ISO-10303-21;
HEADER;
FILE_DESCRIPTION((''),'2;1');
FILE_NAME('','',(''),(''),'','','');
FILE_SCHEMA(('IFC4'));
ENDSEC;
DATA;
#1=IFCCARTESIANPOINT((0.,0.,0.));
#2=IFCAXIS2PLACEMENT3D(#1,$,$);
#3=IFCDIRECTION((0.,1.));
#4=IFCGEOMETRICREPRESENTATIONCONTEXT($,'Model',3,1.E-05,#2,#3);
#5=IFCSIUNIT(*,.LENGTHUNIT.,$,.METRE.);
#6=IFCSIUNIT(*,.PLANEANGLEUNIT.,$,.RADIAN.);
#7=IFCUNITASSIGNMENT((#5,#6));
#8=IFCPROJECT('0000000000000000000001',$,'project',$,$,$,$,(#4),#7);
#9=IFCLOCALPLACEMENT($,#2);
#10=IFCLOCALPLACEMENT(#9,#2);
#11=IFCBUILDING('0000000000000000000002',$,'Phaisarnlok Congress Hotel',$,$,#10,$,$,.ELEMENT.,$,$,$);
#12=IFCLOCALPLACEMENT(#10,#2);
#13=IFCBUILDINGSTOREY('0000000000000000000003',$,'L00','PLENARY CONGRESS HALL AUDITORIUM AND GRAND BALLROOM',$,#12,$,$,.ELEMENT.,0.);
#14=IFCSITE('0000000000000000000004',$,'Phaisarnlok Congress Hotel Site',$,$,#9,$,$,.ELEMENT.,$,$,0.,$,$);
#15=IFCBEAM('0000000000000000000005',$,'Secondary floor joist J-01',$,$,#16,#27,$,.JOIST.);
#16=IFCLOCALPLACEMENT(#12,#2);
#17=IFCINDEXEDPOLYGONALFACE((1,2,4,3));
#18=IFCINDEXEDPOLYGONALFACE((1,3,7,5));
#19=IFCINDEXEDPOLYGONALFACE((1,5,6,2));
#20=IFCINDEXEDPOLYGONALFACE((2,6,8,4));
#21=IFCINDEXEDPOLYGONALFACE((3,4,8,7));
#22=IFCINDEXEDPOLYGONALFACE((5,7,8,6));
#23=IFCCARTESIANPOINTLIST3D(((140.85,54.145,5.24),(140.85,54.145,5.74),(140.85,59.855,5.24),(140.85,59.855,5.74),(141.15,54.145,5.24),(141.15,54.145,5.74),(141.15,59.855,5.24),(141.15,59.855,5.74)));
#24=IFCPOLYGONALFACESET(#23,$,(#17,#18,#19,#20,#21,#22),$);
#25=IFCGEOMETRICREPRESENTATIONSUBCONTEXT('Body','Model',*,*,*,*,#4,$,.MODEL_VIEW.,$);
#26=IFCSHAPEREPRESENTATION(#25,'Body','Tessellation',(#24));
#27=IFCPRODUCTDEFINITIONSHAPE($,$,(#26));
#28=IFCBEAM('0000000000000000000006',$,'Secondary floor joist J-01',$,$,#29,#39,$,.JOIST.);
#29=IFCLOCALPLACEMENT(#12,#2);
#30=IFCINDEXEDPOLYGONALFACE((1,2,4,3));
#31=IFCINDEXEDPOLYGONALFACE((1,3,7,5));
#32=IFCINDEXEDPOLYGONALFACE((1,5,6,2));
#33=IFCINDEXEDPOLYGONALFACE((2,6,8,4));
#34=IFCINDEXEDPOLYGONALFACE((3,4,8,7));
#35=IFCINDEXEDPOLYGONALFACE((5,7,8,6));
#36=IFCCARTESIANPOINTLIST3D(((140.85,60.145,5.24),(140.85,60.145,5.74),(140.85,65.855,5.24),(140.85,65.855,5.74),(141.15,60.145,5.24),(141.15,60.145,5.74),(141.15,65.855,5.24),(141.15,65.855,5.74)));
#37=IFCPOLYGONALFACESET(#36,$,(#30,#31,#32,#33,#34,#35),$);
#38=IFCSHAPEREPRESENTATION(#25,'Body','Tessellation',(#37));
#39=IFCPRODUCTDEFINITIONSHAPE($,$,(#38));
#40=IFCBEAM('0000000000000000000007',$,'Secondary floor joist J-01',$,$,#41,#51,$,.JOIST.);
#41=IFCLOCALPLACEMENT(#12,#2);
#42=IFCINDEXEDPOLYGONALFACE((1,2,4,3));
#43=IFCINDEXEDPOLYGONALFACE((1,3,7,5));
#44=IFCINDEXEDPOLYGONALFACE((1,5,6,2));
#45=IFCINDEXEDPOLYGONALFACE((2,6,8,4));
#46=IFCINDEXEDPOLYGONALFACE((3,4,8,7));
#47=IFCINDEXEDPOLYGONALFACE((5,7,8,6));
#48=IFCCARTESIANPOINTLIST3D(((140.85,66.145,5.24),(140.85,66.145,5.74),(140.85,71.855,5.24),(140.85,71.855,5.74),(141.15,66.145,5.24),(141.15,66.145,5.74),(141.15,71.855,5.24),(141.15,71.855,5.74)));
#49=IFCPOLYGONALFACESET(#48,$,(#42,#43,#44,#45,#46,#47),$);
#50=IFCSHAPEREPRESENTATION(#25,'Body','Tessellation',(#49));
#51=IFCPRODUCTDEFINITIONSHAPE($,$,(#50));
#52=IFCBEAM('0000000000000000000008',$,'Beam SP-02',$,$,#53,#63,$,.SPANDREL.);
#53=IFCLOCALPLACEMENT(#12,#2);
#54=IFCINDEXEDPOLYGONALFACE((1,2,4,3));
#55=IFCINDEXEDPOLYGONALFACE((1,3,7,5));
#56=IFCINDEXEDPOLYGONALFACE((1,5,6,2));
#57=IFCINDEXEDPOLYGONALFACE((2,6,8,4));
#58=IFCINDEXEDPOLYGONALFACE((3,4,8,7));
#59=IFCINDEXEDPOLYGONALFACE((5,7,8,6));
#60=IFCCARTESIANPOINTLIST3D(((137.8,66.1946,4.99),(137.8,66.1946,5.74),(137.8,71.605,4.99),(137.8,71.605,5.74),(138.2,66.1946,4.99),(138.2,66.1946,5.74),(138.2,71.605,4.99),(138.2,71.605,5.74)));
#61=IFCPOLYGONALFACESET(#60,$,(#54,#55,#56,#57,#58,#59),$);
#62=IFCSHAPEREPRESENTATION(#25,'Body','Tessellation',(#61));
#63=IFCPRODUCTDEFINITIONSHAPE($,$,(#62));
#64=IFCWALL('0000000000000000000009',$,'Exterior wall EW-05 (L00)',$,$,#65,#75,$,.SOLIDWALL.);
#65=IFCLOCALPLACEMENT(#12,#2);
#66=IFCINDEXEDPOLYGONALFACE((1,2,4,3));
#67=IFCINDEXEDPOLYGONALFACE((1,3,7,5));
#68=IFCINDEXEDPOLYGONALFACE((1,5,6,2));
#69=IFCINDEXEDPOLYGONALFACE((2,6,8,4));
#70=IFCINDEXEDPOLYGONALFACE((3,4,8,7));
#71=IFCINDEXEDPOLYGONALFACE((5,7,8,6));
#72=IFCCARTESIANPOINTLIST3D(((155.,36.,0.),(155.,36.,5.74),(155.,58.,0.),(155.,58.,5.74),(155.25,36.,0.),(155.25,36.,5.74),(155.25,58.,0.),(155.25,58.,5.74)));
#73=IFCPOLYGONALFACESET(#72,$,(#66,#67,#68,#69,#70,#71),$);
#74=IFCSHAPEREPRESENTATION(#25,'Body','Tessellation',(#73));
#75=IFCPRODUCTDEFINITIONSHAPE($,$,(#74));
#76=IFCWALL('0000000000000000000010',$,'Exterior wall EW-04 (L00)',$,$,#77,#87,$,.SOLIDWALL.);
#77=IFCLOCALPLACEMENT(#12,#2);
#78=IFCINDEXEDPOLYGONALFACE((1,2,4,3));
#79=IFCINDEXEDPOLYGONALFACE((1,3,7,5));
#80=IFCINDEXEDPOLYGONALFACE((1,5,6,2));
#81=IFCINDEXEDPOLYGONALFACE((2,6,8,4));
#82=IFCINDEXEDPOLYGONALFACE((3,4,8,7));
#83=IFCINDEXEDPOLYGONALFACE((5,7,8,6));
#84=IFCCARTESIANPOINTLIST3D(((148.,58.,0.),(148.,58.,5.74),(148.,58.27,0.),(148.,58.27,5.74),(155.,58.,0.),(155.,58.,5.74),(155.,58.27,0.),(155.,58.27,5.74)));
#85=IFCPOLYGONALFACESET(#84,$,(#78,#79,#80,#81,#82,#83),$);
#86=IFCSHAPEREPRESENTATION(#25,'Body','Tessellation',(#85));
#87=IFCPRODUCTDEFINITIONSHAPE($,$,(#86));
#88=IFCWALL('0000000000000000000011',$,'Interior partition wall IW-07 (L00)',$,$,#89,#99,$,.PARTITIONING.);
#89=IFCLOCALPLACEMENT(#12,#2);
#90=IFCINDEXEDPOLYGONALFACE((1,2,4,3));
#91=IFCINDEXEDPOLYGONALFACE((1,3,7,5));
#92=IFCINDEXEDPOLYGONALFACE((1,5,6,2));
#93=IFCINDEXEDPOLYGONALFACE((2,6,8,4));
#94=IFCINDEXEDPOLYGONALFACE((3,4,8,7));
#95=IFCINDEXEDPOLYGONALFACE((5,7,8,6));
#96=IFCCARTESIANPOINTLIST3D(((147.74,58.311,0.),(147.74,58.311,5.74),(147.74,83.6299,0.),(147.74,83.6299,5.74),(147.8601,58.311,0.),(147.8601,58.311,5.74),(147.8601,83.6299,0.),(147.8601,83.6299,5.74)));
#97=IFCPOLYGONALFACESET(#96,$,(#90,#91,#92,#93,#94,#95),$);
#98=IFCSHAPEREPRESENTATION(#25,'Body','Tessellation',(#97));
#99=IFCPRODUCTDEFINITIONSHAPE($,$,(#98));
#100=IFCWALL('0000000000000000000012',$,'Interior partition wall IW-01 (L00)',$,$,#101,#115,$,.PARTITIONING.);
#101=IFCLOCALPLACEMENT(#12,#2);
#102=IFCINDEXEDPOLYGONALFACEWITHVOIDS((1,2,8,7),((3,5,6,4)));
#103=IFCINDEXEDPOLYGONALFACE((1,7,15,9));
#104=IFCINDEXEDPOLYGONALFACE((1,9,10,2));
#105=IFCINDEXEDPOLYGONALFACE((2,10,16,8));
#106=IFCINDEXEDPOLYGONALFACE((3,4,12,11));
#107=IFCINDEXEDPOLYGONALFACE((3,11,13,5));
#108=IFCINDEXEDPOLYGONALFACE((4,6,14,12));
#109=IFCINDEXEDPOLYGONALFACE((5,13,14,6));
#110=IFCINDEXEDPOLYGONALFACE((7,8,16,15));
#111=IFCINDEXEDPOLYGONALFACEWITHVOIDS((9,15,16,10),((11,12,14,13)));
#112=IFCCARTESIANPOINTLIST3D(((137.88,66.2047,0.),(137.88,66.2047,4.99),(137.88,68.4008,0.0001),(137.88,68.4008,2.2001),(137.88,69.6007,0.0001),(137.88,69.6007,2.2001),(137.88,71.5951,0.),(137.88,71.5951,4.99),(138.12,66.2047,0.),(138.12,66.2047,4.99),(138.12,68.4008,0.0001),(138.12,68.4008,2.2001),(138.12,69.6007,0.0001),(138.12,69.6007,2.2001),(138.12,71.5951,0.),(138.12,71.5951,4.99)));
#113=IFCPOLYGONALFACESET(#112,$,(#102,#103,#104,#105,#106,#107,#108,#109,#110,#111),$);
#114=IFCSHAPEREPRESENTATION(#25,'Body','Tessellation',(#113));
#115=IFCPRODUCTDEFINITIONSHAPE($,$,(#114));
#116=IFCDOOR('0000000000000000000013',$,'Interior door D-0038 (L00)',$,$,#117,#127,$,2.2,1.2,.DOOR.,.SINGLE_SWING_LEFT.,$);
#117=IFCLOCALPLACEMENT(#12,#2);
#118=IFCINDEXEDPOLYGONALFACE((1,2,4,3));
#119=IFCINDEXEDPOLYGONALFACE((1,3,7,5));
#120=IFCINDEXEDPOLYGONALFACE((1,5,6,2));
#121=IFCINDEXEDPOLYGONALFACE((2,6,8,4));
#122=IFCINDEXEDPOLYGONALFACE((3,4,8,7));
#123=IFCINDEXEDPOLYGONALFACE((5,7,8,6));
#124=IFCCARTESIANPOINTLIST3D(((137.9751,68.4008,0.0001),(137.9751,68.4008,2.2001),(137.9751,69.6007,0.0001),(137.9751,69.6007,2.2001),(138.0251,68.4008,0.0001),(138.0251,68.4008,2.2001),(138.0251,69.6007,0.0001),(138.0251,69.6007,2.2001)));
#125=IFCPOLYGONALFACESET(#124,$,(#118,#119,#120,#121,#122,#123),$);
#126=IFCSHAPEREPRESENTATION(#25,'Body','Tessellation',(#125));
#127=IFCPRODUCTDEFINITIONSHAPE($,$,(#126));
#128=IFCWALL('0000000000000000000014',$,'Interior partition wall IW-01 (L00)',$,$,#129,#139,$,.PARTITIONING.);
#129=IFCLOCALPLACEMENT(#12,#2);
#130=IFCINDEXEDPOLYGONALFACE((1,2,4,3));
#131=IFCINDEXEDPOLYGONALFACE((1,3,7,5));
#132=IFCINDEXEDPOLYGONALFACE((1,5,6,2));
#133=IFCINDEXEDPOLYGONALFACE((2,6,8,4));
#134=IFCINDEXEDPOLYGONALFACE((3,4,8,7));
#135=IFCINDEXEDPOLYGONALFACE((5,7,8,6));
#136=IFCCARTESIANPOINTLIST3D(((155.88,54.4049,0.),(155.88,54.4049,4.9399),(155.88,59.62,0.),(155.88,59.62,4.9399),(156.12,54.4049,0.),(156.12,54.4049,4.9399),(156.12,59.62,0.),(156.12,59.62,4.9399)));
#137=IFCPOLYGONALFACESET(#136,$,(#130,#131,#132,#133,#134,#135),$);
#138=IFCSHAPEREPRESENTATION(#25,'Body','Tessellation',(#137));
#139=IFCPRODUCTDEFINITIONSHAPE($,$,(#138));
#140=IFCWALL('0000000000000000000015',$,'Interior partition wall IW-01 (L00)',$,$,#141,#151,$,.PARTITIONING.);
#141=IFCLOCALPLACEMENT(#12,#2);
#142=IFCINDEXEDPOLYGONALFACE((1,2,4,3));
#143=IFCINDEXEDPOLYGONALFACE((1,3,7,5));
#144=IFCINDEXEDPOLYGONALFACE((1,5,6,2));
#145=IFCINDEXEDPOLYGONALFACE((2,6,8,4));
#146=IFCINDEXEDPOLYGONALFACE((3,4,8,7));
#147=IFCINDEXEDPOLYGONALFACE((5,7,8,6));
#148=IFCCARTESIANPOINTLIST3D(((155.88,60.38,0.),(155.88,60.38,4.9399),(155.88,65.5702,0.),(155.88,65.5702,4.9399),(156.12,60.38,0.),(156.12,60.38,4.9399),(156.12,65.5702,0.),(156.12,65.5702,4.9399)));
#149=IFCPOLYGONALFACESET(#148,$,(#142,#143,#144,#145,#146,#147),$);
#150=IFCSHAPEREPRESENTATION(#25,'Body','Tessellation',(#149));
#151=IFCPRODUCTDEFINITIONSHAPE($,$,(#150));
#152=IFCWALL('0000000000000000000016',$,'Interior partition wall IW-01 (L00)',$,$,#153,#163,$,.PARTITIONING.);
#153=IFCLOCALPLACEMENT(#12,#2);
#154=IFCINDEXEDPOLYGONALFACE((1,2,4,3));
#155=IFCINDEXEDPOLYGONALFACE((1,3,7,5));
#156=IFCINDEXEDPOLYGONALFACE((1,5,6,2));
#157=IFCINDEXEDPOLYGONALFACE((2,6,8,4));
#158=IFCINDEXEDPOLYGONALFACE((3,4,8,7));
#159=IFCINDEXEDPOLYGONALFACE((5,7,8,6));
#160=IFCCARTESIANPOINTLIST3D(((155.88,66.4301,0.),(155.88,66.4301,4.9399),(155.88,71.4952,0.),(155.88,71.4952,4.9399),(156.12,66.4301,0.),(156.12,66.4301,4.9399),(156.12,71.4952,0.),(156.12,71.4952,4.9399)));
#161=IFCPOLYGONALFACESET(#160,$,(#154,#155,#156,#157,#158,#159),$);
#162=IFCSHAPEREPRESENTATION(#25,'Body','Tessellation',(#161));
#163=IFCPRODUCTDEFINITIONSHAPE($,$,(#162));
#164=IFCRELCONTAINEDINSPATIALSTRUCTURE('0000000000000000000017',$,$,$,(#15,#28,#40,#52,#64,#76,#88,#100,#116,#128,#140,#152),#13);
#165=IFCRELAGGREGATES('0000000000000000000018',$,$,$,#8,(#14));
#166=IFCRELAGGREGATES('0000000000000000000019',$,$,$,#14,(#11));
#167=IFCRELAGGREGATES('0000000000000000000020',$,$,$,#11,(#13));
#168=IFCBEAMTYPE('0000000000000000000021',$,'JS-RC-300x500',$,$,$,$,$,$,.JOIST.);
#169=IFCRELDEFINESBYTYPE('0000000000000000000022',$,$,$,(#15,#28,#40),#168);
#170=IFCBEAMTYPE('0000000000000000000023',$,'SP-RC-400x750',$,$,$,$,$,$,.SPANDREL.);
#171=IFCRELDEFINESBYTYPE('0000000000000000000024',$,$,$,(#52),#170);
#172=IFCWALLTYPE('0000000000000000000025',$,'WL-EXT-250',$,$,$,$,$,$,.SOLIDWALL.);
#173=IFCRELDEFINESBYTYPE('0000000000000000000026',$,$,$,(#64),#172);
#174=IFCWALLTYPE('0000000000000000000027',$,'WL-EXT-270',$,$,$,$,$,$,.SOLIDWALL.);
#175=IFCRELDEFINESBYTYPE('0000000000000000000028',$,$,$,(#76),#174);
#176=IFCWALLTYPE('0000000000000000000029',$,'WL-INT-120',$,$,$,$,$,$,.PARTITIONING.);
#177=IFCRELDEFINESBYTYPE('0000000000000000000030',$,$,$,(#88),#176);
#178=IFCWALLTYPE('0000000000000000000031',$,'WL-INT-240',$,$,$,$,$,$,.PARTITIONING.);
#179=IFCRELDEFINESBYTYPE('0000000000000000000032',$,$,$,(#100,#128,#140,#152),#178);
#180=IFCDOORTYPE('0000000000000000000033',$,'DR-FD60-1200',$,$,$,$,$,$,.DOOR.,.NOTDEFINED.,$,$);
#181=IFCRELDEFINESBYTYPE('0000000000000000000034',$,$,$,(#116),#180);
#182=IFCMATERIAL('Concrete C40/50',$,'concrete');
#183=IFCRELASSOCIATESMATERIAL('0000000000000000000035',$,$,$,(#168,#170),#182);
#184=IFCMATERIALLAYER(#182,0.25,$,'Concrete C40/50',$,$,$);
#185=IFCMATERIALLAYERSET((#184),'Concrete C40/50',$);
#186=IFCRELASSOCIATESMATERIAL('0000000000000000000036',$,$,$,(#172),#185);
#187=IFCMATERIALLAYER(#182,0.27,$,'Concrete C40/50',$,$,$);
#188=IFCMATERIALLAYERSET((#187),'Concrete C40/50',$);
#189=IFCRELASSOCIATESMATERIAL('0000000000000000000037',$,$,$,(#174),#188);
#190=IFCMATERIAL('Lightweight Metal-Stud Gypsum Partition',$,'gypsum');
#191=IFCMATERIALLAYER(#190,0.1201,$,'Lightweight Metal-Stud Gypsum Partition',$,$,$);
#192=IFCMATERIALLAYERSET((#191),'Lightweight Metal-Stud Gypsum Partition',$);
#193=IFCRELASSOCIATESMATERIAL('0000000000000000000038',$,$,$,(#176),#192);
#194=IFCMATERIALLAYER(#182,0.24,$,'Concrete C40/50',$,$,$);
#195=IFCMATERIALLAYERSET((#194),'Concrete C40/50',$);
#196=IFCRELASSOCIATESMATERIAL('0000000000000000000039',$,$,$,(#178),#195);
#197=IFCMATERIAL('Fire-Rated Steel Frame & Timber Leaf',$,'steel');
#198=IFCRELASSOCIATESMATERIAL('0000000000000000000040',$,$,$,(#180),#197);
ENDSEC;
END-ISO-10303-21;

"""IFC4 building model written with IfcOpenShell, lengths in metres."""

from ifc_helpers import new_model, si_unit, direction, frame, frame_2d, origin, origin_2d, place, context, subcontext, project, spatial, rectangle, extrude, material, layer, layer_set, material_profile, profile_set, type_object, element, fill, save


model = new_model("IFC4")

# Units and contexts
model_context = context("Model", 3, precision=1e-05, world=origin(), true_north=direction((0.0, 1.0)))
body_context = subcontext(model_context, "Body", "Model", "MODEL_VIEW")
ifc_project = project(units=[si_unit("LENGTHUNIT", "METRE"), si_unit("PLANEANGLEUNIT", "RADIAN")], contexts=[model_context])

# Site, building, storey
site_placement = place(None, origin())
site = spatial("IfcSite", under=ifc_project, at=site_placement, Name="Phaisarnlok Congress Hotel Site", CompositionType="ELEMENT", RefElevation=0.0)
building_placement = place(site_placement, origin())
building = spatial("IfcBuilding", under=site, at=building_placement, Name="Phaisarnlok Congress Hotel", CompositionType="ELEMENT")
storey_placement = place(building_placement, origin())
storey = spatial("IfcBuildingStorey", under=building, at=storey_placement, Name="L00", Description="PLENARY CONGRESS HALL AUDITORIUM AND GRAND BALLROOM", CompositionType="ELEMENT", Elevation=0.0)

# Beams
ifc_material_1 = material(Name="Concrete C40/50", Category="concrete")
ifc_material_profile_1 = material_profile(ifc_material_1, rectangle(XDim=0.3, YDim=0.5, at=origin_2d()), Name="RC 300x500")
ifc_profile_set_1 = profile_set([ifc_material_profile_1], Name="Concrete C40/50")
beam_type_1 = type_object("IfcBeamType", Name="JS-RC-300x500", PredefinedType="JOIST", material=ifc_profile_set_1)
for number, where, z_axis, x_axis, name in (
    (1, (141.0, 54.145, 5.49), (0.0, 1.0, 0.0), (-1.0, 0.0, 0.0), "Secondary floor joist J-01"),
    (2, (141.0, 60.145, 5.49), (0.0, 1.0, 0.0), (-1.0, 0.0, 0.0), "Secondary floor joist J-01"),
    (3, (141.0, 66.145, 5.49), (0.0, 1.0, 0.0), (-1.0, 0.0, 0.0), "Secondary floor joist J-01"),
):
    element("IfcBeam", number, at=place(storey_placement, frame(where, z_axis=z_axis, x_axis=x_axis)), inside=storey, type_object=beam_type_1, Name=name, PredefinedType="JOIST", context=body_context, shape_type="SweptSolid", body=[
        extrude(rectangle(XDim=0.3, YDim=0.5, at=origin_2d()), origin(), (0.0, 0.0, 1.0), 5.71),
    ])
ifc_material_profile_2 = material_profile(ifc_material_1, rectangle(XDim=0.3999, YDim=0.75, at=origin_2d()), Name="RC 400x750")
ifc_profile_set_2 = profile_set([ifc_material_profile_2], Name="Concrete C40/50")
beam_type_2 = type_object("IfcBeamType", Name="SP-RC-400x750", PredefinedType="SPANDREL", material=ifc_profile_set_2)
beam_1_placement = place(storey_placement, frame((138.0, 66.1946, 5.365), z_axis=(0.0, 1.0, 0.0), x_axis=(-1.0, 0.0, 0.0)))
element("IfcBeam", 4, at=beam_1_placement, inside=storey, type_object=beam_type_2, Name="Beam SP-02", PredefinedType="SPANDREL", context=body_context, shape_type="SweptSolid", body=[
    extrude(rectangle(XDim=0.3999, YDim=0.75, at=origin_2d()), origin(), (0.0, 0.0, 1.0), 5.4104),
])

# Walls
ifc_layer_1 = layer(ifc_material_1, 0.25, Name="Concrete C40/50")
ifc_layer_set_1 = layer_set([ifc_layer_1], Name="Concrete C40/50")
wall_type_1 = type_object("IfcWallType", Name="WL-EXT-250", PredefinedType="SOLIDWALL", material=ifc_layer_set_1)
wall_1_placement = place(storey_placement, frame((155.125, 58.0, 0.0), z_axis=(0.0, 0.0, 1.0), x_axis=(0.0, -1.0, 0.0)))
element("IfcWall", 5, at=wall_1_placement, inside=storey, type_object=wall_type_1, Name="Exterior wall EW-05 (L00)", PredefinedType="SOLIDWALL", context=body_context, shape_type="SweptSolid", body=[
    extrude(rectangle(XDim=22.0, YDim=0.25, at=frame_2d((11.0, 0.0))), origin(), (0.0, 0.0, 1.0), 5.74),
])
ifc_layer_2 = layer(ifc_material_1, 0.27, Name="Concrete C40/50")
ifc_layer_set_2 = layer_set([ifc_layer_2], Name="Concrete C40/50")
wall_type_2 = type_object("IfcWallType", Name="WL-EXT-270", PredefinedType="SOLIDWALL", material=ifc_layer_set_2)
wall_2_placement = place(storey_placement, frame((148.0, 58.135, 0.0), z_axis=(0.0, 0.0, 1.0), x_axis=(1.0, 0.0, 0.0)))
element("IfcWall", 6, at=wall_2_placement, inside=storey, type_object=wall_type_2, Name="Exterior wall EW-04 (L00)", PredefinedType="SOLIDWALL", context=body_context, shape_type="SweptSolid", body=[
    extrude(rectangle(XDim=7.0, YDim=0.27, at=frame_2d((3.5, 0.0))), origin(), (0.0, 0.0, 1.0), 5.74),
])
ifc_material_2 = material(Name="Lightweight Metal-Stud Gypsum Partition", Category="gypsum")
ifc_layer_3 = layer(ifc_material_2, 0.1201, Name="Lightweight Metal-Stud Gypsum Partition")
ifc_layer_set_3 = layer_set([ifc_layer_3], Name="Lightweight Metal-Stud Gypsum Partition")
wall_type_3 = type_object("IfcWallType", Name="WL-INT-120", PredefinedType="PARTITIONING", material=ifc_layer_set_3)
wall_3_placement = place(storey_placement, frame((147.8, 58.311, 0.0), z_axis=(0.0, 0.0, 1.0), x_axis=(0.0, 1.0, 0.0)))
element("IfcWall", 7, at=wall_3_placement, inside=storey, type_object=wall_type_3, Name="Interior partition wall IW-07 (L00)", PredefinedType="PARTITIONING", context=body_context, shape_type="SweptSolid", body=[
    extrude(rectangle(XDim=25.3188, YDim=0.1201, at=frame_2d((12.6594, 0.0))), origin(), (0.0, 0.0, 1.0), 5.74),
])

# Wall, opening, door
ifc_layer_4 = layer(ifc_material_1, 0.24, Name="Concrete C40/50")
ifc_layer_set_4 = layer_set([ifc_layer_4], Name="Concrete C40/50")
wall_type_4 = type_object("IfcWallType", Name="WL-INT-240", PredefinedType="PARTITIONING", material=ifc_layer_set_4)
wall_4_placement = place(storey_placement, frame((138.0, 66.2046, 0.0), z_axis=(0.0, 0.0, 1.0), x_axis=(0.0, 1.0, 0.0)))
wall_4 = element("IfcWall", 8, at=wall_4_placement, inside=storey, type_object=wall_type_4, Name="Interior partition wall IW-01 (L00)", PredefinedType="PARTITIONING", context=body_context, shape_type="SweptSolid", body=[
    extrude(rectangle(XDim=5.3904, YDim=0.24, at=frame_2d((2.6953, 0.0))), origin(), (0.0, 0.0, 1.0), 4.99),
])
opening_placement = place(wall_4_placement, frame((2.196, 0.0, 0.0)))
opening = element("IfcOpeningElement", 9, at=opening_placement, cuts=wall_4, PredefinedType="OPENING", context=body_context, shape_type="SweptSolid", body=[
    extrude(rectangle(XDim=1.2, YDim=2.2, at=frame_2d((0.6001, 1.1001))), frame((0.0, 0.1299, 0.0), z_axis=(0.0, -1.0, 0.0), x_axis=(1.0, 0.0, 0.0)), (0.0, 0.0, 1.0), 0.26),
])
ifc_material_3 = material(Name="Fire-Rated Steel Frame & Timber Leaf", Category="steel")
door_type = type_object("IfcDoorType", Name="DR-FD60-1200", OperationType="NOTDEFINED", PredefinedType="DOOR", material=ifc_material_3)
door_placement = place(opening_placement, origin())
door = element("IfcDoor", 10, at=door_placement, inside=storey, type_object=door_type, Name="Interior door D-0038 (L00)", OperationType="SINGLE_SWING_LEFT", OverallHeight=2.2, OverallWidth=1.2, PredefinedType="DOOR", context=body_context, shape_type="SweptSolid", body=[
    extrude(rectangle(XDim=1.2, YDim=2.2, at=frame_2d((0.6001, 1.1001))), frame((0.0, 0.0249, 0.0), z_axis=(0.0, -1.0, 0.0), x_axis=(1.0, 0.0, 0.0)), (0.0, 0.0, 1.0), 0.05),
])
fill(opening, door)

# Walls
wall_5_placement = place(storey_placement, frame((156.0, 54.405, 0.0), z_axis=(0.0, 0.0, 1.0), x_axis=(0.0, 1.0, 0.0)))
element("IfcWall", 11, at=wall_5_placement, inside=storey, type_object=wall_type_4, Name="Interior partition wall IW-01 (L00)", PredefinedType="PARTITIONING", context=body_context, shape_type="SweptSolid", body=[
    extrude(rectangle(XDim=5.2151, YDim=0.24, at=frame_2d((2.6074, 0.0))), origin(), (0.0, 0.0, 1.0), 4.9399),
])
wall_6_placement = place(storey_placement, frame((156.0, 60.3799, 0.0), z_axis=(0.0, 0.0, 1.0), x_axis=(0.0, 1.0, 0.0)))
element("IfcWall", 12, at=wall_6_placement, inside=storey, type_object=wall_type_4, Name="Interior partition wall IW-01 (L00)", PredefinedType="PARTITIONING", context=body_context, shape_type="SweptSolid", body=[
    extrude(rectangle(XDim=5.1902, YDim=0.24, at=frame_2d((2.5952, 0.0))), origin(), (0.0, 0.0, 1.0), 4.9399),
])
wall_7_placement = place(storey_placement, frame((156.0, 66.4299, 0.0), z_axis=(0.0, 0.0, 1.0), x_axis=(0.0, 1.0, 0.0)))
element("IfcWall", 13, at=wall_7_placement, inside=storey, type_object=wall_type_4, Name="Interior partition wall IW-01 (L00)", PredefinedType="PARTITIONING", context=body_context, shape_type="SweptSolid", body=[
    extrude(rectangle(XDim=5.0652, YDim=0.24, at=frame_2d((2.5327, 0.0))), origin(), (0.0, 0.0, 1.0), 4.9399),
])

save(model, "model.ifc")
